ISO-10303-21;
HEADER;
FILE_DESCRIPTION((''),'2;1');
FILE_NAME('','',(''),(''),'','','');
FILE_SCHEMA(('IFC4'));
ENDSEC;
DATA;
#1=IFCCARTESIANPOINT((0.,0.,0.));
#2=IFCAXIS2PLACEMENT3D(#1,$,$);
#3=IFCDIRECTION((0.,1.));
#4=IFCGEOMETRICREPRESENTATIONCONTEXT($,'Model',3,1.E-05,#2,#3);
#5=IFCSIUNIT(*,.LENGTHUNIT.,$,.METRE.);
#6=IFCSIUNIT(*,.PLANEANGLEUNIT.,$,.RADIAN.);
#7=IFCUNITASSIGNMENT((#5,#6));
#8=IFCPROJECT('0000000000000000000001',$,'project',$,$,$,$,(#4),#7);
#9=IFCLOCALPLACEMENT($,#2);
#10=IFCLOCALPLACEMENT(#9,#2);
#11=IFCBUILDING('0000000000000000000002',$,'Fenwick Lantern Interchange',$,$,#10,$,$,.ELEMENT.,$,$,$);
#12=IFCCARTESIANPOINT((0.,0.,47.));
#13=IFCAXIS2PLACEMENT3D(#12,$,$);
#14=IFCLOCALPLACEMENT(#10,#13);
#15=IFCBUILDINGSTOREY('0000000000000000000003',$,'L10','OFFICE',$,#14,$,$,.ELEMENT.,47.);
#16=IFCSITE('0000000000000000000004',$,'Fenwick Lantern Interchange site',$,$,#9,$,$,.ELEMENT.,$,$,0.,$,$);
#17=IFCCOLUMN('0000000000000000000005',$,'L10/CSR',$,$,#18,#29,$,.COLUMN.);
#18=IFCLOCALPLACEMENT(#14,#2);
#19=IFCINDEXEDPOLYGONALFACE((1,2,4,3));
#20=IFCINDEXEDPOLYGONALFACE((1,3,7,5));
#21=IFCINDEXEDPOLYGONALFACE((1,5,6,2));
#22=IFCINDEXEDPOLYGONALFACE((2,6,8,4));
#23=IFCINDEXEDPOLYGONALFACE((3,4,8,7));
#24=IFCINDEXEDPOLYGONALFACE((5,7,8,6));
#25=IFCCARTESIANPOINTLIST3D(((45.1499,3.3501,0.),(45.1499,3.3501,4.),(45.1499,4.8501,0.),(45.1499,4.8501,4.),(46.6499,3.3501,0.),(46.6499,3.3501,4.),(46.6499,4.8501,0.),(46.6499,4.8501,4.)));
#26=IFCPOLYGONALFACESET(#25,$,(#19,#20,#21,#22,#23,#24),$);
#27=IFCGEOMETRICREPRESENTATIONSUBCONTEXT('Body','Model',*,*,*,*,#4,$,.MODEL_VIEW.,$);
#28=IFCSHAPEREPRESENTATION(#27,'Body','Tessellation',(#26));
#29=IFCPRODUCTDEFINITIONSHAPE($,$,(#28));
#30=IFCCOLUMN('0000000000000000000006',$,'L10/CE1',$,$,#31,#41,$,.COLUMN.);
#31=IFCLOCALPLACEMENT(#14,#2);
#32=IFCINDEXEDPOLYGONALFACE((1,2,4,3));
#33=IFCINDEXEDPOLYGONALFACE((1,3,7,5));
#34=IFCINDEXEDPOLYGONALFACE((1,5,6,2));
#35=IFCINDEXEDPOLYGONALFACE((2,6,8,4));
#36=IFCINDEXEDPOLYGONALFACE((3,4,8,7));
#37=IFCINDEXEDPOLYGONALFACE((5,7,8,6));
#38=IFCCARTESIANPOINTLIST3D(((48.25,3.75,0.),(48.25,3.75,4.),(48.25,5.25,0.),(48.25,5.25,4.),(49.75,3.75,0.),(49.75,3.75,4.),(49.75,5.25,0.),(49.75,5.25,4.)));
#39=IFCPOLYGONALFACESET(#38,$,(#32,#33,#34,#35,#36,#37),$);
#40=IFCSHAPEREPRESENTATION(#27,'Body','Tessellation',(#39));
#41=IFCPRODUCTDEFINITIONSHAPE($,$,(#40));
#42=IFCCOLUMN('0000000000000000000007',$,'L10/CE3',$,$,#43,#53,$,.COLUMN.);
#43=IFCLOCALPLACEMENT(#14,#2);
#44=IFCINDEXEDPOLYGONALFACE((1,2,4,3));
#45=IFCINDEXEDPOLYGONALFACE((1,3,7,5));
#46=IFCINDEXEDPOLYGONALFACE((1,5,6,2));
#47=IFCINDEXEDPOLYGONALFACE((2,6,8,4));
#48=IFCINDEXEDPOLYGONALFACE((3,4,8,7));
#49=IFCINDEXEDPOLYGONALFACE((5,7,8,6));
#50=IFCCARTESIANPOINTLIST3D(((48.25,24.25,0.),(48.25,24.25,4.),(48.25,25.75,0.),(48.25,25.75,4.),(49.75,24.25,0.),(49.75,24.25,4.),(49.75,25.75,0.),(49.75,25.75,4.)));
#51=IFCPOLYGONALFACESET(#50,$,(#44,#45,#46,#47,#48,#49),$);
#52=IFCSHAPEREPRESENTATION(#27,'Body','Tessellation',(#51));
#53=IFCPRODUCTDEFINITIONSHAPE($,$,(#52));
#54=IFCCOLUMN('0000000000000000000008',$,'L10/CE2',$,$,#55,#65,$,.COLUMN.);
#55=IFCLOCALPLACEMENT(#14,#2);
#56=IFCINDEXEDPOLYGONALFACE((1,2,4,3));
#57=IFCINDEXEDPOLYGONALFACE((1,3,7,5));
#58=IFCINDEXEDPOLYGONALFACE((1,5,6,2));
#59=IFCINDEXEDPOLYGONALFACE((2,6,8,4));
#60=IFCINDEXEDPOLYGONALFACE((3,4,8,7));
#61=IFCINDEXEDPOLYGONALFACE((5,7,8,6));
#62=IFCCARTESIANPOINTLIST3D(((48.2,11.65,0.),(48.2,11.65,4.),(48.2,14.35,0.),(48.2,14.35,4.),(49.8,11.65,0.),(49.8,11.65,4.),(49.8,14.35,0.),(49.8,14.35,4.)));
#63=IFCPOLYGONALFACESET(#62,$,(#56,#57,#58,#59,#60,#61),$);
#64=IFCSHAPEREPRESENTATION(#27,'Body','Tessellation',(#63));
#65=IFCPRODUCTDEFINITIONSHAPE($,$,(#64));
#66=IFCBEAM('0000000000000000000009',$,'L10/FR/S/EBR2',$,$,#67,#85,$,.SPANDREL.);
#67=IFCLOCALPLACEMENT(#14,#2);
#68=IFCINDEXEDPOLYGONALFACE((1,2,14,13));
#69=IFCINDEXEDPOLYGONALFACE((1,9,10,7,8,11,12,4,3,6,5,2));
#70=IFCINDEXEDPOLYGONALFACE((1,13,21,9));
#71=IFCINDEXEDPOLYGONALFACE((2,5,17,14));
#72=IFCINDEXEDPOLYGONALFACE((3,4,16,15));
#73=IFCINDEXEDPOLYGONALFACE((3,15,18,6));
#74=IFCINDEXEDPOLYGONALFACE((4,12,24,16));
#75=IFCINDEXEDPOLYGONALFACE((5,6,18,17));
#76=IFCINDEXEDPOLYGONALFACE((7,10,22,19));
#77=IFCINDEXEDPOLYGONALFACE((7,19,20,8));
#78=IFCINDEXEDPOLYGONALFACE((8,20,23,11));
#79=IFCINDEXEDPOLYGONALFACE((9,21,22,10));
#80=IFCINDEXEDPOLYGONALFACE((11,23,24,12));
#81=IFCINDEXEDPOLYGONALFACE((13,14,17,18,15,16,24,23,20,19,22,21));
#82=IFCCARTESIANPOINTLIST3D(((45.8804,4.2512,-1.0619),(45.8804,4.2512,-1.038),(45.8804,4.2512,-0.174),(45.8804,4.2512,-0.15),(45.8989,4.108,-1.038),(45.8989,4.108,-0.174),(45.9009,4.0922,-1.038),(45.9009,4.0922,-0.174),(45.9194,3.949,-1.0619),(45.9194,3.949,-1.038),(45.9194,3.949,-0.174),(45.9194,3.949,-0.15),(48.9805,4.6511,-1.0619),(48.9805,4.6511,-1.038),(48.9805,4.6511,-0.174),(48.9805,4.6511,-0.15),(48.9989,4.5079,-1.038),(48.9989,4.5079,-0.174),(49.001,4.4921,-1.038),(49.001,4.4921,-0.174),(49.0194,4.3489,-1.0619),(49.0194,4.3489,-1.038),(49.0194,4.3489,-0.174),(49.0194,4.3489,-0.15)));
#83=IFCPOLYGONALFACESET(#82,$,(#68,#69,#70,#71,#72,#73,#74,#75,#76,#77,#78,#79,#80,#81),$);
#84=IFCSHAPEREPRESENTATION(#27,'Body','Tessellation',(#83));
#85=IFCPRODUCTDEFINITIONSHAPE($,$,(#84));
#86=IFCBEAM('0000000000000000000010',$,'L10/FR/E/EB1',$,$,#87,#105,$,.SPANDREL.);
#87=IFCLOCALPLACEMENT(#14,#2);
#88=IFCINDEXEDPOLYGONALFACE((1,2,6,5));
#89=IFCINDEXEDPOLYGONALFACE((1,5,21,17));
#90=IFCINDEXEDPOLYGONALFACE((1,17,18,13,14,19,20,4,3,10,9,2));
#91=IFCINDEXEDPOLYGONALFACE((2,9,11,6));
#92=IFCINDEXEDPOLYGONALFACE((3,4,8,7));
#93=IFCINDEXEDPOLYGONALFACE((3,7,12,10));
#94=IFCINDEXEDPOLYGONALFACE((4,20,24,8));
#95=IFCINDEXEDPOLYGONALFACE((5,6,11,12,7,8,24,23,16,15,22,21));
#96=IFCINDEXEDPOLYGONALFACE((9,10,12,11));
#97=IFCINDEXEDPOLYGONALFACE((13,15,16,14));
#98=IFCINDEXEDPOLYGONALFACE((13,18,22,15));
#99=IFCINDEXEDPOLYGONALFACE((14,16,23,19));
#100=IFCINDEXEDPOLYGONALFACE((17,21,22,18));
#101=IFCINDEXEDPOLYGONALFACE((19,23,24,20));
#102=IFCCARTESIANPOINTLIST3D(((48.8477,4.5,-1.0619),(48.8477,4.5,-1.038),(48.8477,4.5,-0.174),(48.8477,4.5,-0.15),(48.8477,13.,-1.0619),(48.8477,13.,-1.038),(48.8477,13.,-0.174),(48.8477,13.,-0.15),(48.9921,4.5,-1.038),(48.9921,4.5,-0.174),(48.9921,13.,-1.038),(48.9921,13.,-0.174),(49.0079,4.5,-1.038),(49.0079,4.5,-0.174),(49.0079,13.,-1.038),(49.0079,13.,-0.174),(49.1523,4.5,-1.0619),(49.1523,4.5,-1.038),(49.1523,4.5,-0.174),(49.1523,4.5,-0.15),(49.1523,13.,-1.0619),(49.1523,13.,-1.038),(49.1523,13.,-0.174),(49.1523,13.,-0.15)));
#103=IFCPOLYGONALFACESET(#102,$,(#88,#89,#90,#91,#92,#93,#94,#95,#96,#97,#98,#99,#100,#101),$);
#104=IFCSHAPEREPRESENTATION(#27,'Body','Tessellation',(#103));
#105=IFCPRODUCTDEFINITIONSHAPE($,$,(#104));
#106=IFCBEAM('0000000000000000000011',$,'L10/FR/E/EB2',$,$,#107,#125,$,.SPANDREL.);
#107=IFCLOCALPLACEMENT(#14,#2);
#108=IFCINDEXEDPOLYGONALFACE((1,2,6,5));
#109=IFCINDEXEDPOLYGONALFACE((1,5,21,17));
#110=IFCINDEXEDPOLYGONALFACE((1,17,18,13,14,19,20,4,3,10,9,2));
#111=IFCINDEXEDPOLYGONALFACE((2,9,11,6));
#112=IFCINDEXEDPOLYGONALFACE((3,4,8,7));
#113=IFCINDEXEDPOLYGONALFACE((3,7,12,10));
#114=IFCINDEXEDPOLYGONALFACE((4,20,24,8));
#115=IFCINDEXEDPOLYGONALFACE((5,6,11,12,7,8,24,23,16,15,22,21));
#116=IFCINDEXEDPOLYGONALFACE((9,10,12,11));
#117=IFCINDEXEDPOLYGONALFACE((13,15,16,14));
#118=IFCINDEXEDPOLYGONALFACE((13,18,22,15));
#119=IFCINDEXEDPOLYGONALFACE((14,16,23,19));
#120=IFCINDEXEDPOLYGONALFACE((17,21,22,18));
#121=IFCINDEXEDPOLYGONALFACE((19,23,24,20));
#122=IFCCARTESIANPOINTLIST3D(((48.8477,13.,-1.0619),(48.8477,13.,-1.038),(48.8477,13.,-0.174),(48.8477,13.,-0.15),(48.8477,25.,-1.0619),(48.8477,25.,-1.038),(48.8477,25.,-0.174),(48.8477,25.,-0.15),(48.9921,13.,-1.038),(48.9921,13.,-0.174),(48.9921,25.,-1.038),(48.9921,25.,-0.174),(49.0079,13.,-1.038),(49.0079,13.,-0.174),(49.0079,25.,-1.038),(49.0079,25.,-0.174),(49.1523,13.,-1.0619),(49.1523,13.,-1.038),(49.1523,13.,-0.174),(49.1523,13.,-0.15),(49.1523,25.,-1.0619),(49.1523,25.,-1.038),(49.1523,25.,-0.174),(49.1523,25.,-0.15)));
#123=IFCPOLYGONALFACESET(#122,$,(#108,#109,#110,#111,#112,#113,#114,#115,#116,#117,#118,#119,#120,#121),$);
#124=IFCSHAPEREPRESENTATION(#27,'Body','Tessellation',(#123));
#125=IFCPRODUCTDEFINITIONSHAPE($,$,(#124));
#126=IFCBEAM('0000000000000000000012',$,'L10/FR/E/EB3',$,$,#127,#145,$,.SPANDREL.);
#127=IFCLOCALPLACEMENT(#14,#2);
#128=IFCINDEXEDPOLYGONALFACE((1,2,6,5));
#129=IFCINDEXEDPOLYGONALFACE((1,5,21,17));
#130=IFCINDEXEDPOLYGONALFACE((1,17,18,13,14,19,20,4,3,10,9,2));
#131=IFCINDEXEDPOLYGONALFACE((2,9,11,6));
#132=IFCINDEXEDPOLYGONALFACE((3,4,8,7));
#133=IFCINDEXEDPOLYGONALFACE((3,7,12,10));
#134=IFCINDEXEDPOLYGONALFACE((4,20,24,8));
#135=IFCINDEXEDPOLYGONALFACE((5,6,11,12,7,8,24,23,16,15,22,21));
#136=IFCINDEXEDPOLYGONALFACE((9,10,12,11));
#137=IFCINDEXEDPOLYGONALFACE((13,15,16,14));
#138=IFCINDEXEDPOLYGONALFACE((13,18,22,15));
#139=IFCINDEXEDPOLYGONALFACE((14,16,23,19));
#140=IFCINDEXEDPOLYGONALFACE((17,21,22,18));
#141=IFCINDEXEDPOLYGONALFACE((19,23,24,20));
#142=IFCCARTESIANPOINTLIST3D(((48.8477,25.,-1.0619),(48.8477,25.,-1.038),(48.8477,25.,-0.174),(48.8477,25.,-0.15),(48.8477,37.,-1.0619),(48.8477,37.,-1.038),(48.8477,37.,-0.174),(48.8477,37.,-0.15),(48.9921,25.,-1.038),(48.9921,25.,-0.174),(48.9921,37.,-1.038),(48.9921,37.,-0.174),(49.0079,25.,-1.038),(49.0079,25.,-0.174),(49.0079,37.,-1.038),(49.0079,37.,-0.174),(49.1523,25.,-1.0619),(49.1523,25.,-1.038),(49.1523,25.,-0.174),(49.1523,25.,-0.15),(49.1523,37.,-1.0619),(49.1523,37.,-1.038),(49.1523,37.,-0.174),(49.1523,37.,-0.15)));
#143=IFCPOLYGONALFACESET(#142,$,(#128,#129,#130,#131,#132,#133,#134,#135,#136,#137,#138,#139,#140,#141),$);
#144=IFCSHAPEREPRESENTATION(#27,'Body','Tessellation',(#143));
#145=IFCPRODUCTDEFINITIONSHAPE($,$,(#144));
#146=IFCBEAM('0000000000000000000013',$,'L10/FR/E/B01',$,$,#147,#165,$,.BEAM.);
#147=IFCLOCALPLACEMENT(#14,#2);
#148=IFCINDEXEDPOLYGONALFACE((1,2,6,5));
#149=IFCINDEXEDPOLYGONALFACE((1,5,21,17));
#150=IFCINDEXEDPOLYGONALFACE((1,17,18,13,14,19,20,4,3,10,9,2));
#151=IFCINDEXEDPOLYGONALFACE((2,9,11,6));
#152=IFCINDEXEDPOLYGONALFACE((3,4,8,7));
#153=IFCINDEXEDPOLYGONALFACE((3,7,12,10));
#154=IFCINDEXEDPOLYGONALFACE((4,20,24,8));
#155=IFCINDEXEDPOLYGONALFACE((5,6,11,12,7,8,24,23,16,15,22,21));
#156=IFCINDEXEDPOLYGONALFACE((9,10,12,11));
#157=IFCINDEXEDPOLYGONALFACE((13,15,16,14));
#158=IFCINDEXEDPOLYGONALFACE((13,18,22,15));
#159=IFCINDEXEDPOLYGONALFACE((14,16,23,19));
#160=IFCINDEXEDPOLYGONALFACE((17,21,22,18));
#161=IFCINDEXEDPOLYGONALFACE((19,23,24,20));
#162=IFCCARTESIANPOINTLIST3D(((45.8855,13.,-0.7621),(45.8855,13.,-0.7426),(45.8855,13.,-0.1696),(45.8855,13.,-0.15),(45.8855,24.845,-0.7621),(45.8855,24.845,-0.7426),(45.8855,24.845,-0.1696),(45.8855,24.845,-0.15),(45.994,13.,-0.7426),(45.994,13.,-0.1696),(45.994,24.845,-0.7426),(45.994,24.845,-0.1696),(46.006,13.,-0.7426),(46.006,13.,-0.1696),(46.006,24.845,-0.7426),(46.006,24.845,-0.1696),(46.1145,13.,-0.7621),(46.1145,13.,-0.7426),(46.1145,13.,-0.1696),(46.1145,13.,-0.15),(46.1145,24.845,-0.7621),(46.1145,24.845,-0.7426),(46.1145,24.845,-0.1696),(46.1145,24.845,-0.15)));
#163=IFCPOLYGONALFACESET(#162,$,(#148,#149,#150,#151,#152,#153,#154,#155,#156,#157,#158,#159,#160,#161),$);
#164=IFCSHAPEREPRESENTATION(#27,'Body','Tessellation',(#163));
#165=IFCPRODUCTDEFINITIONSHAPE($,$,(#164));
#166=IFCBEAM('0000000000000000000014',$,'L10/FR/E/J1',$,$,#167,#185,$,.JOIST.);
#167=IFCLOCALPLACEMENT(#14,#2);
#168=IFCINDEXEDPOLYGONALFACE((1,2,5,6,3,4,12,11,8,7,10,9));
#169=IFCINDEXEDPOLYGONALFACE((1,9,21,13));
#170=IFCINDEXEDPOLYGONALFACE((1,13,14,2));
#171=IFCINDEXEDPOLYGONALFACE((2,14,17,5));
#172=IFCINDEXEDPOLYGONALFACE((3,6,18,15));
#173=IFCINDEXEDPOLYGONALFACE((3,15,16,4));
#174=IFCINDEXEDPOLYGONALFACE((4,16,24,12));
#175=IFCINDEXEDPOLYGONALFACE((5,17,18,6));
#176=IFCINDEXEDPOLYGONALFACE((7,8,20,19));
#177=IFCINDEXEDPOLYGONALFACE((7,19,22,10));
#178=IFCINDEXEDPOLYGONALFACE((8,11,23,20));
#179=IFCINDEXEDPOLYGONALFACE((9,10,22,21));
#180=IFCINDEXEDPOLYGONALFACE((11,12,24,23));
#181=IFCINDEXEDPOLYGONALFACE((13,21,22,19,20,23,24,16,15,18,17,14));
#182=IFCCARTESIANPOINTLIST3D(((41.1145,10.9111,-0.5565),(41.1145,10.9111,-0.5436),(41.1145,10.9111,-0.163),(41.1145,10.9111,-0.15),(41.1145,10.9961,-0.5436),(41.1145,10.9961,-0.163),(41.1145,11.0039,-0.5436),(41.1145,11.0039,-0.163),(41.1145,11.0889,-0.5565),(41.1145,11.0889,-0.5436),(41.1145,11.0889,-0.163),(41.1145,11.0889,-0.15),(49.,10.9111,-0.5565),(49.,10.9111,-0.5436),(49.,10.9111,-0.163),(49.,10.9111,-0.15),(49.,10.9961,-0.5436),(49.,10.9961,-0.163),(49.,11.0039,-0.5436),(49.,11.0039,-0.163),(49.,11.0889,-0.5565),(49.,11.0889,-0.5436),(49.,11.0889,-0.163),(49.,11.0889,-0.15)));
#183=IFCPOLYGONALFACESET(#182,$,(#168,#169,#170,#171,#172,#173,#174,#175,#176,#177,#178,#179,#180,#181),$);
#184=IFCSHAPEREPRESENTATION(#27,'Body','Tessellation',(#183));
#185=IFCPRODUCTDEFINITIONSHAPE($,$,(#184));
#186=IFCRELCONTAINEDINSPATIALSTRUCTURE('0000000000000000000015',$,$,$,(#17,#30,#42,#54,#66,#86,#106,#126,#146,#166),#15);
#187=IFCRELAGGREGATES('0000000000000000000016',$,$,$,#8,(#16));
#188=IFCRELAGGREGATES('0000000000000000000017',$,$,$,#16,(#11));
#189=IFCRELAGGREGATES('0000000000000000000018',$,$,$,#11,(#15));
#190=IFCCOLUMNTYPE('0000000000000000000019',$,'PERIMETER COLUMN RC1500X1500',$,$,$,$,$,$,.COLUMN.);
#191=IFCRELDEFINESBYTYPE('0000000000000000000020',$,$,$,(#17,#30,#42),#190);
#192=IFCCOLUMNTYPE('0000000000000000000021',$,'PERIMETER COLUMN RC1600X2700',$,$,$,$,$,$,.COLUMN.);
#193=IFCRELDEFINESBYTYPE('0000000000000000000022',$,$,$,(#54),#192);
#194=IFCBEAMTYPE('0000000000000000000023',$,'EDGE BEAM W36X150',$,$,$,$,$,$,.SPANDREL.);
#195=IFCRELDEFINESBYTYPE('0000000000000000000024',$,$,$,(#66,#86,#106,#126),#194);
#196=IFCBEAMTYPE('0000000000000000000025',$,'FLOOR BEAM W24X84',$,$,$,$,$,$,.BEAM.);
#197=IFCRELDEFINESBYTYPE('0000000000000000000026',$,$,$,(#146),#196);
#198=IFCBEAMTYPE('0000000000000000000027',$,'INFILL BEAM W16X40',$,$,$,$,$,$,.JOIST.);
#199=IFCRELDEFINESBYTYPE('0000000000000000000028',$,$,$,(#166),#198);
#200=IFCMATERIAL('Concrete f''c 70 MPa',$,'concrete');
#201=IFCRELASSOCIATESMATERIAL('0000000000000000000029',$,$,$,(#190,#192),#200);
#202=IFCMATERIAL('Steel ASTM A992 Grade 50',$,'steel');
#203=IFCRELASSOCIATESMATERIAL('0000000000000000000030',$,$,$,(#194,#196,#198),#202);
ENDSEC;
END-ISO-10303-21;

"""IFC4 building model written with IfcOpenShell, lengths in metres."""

from ifc_helpers import new_model, si_unit, direction, frame, origin, origin_2d, place, context, subcontext, project, spatial, rectangle, i_section, extrude, material, material_profile, profile_set, type_object, element, save


model = new_model("IFC4")

# Units and contexts
model_context = context("Model", 3, precision=1e-05, world=origin(), true_north=direction((0.0, 1.0)))
body_context = subcontext(model_context, "Body", "Model", "MODEL_VIEW")
ifc_project = project(units=[si_unit("LENGTHUNIT", "METRE"), si_unit("PLANEANGLEUNIT", "RADIAN")], contexts=[model_context])

# Site, building, storey
site_placement = place(None, origin())
site = spatial("IfcSite", under=ifc_project, at=site_placement, Name="Fenwick Lantern Interchange site", CompositionType="ELEMENT", RefElevation=0.0)
building_placement = place(site_placement, origin())
building = spatial("IfcBuilding", under=site, at=building_placement, Name="Fenwick Lantern Interchange", CompositionType="ELEMENT")
storey_placement = place(building_placement, frame((0.0, 0.0, 47.0)))
storey = spatial("IfcBuildingStorey", under=building, at=storey_placement, Name="L10", Description="OFFICE", CompositionType="ELEMENT", Elevation=47.0)

# Columns
ifc_material_1 = material(Name="Concrete f'c 70 MPa", Category="concrete")
ifc_material_profile_1 = material_profile(ifc_material_1, rectangle(XDim=1.5, YDim=1.5, at=origin_2d()), Name="RC1500X1500")
ifc_profile_set_1 = profile_set([ifc_material_profile_1], Name="Concrete f'c 70 MPa")
column_type_1 = type_object("IfcColumnType", Name="PERIMETER COLUMN RC1500X1500", PredefinedType="COLUMN", material=ifc_profile_set_1)
for number, where, z_axis, x_axis, name in (
    (1, (45.8999, 4.1001, 0.0), (0.0, 0.0, 1.0), (1.0, 0.0, 0.0), "L10/CSR"),
    (2, (49.0, 4.5, 0.0), (0.0, 0.0, 1.0), (1.0, 0.0, 0.0), "L10/CE1"),
    (3, (49.0, 25.0, 0.0), (0.0, 0.0, 1.0), (1.0, 0.0, 0.0), "L10/CE3"),
):
    element("IfcColumn", number, at=place(storey_placement, frame(where, z_axis=z_axis, x_axis=x_axis)), inside=storey, type_object=column_type_1, Name=name, PredefinedType="COLUMN", context=body_context, shape_type="SweptSolid", body=[
        extrude(rectangle(XDim=1.5, YDim=1.5, at=origin_2d()), origin(), (0.0, 0.0, 1.0), 4.0),
    ])
ifc_material_profile_2 = material_profile(ifc_material_1, rectangle(XDim=1.6001, YDim=2.7, at=origin_2d()), Name="RC1600X2700")
ifc_profile_set_2 = profile_set([ifc_material_profile_2], Name="Concrete f'c 70 MPa")
column_type_2 = type_object("IfcColumnType", Name="PERIMETER COLUMN RC1600X2700", PredefinedType="COLUMN", material=ifc_profile_set_2)
column_placement = place(storey_placement, frame((49.0, 13.0, 0.0), z_axis=(0.0, 0.0, 1.0), x_axis=(1.0, 0.0, 0.0)))
element("IfcColumn", 4, at=column_placement, inside=storey, type_object=column_type_2, Name="L10/CE2", PredefinedType="COLUMN", context=body_context, shape_type="SweptSolid", body=[
    extrude(rectangle(XDim=1.6001, YDim=2.7, at=origin_2d()), origin(), (0.0, 0.0, 1.0), 4.0),
])

# Beams
ifc_material_2 = material(Name="Steel ASTM A992 Grade 50", Category="steel")
ifc_material_profile_3 = material_profile(ifc_material_2, i_section(OverallWidth=0.3047, OverallDepth=0.9119, WebThickness=0.0159, FlangeThickness=0.0239, at=origin_2d()), Name="W36X150")
ifc_profile_set_3 = profile_set([ifc_material_profile_3], Name="Steel ASTM A992 Grade 50")
beam_type_1 = type_object("IfcBeamType", Name="EDGE BEAM W36X150", PredefinedType="SPANDREL", material=ifc_profile_set_3)
beam_1_placement = place(storey_placement, frame((45.8999, 4.1001, -0.606), z_axis=(0.991782, 0.127937, 0.0), x_axis=(-0.127937, 0.991782, 0.0)))
element("IfcBeam", 5, at=beam_1_placement, inside=storey, type_object=beam_type_1, Name="L10/FR/S/EBR2", PredefinedType="SPANDREL", context=body_context, shape_type="SweptSolid", body=[
    extrude(i_section(OverallWidth=0.3047, OverallDepth=0.9119, WebThickness=0.0159, FlangeThickness=0.0239, at=origin_2d()), origin(), (0.0, 0.0, 1.0), 3.1257),
])
beam_2_placement = place(storey_placement, frame((49.0, 4.5, -0.606), z_axis=(0.0, 1.0, 0.0), x_axis=(-1.0, 0.0, 0.0)))
element("IfcBeam", 6, at=beam_2_placement, inside=storey, type_object=beam_type_1, Name="L10/FR/E/EB1", PredefinedType="SPANDREL", context=body_context, shape_type="SweptSolid", body=[
    extrude(i_section(OverallWidth=0.3047, OverallDepth=0.9119, WebThickness=0.0159, FlangeThickness=0.0239, at=origin_2d()), origin(), (0.0, 0.0, 1.0), 8.5),
])
for number, where, z_axis, x_axis, name in (
    (7, (49.0, 13.0, -0.606), (0.0, 1.0, 0.0), (-1.0, 0.0, 0.0), "L10/FR/E/EB2"),
    (8, (49.0, 25.0, -0.606), (0.0, 1.0, 0.0), (-1.0, 0.0, 0.0), "L10/FR/E/EB3"),
):
    element("IfcBeam", number, at=place(storey_placement, frame(where, z_axis=z_axis, x_axis=x_axis)), inside=storey, type_object=beam_type_1, Name=name, PredefinedType="SPANDREL", context=body_context, shape_type="SweptSolid", body=[
        extrude(i_section(OverallWidth=0.3047, OverallDepth=0.9119, WebThickness=0.0159, FlangeThickness=0.0239, at=origin_2d()), origin(), (0.0, 0.0, 1.0), 12.0),
    ])
ifc_material_profile_4 = material_profile(ifc_material_2, i_section(OverallWidth=0.229, OverallDepth=0.6121, WebThickness=0.012, FlangeThickness=0.0195, at=origin_2d()), Name="W24X84")
ifc_profile_set_4 = profile_set([ifc_material_profile_4], Name="Steel ASTM A992 Grade 50")
beam_type_2 = type_object("IfcBeamType", Name="FLOOR BEAM W24X84", PredefinedType="BEAM", material=ifc_profile_set_4)
beam_3_placement = place(storey_placement, frame((46.0, 13.0, -0.4561), z_axis=(0.0, 1.0, 0.0), x_axis=(-1.0, 0.0, 0.0)))
element("IfcBeam", 9, at=beam_3_placement, inside=storey, type_object=beam_type_2, Name="L10/FR/E/B01", PredefinedType="BEAM", context=body_context, shape_type="SweptSolid", body=[
    extrude(i_section(OverallWidth=0.229, OverallDepth=0.6121, WebThickness=0.012, FlangeThickness=0.0195, at=origin_2d()), origin(), (0.0, 0.0, 1.0), 11.845),
])
ifc_material_profile_5 = material_profile(ifc_material_2, i_section(OverallWidth=0.1777, OverallDepth=0.4065, WebThickness=0.0078, FlangeThickness=0.0129, at=origin_2d()), Name="W16X40")
ifc_profile_set_5 = profile_set([ifc_material_profile_5], Name="Steel ASTM A992 Grade 50")
beam_type_3 = type_object("IfcBeamType", Name="INFILL BEAM W16X40", PredefinedType="JOIST", material=ifc_profile_set_5)
beam_4_placement = place(storey_placement, frame((49.0, 11.0, -0.3533), z_axis=(-1.0, 0.0, 0.0), x_axis=(0.0, -1.0, 0.0)))
element("IfcBeam", 10, at=beam_4_placement, inside=storey, type_object=beam_type_3, Name="L10/FR/E/J1", PredefinedType="JOIST", context=body_context, shape_type="SweptSolid", body=[
    extrude(i_section(OverallWidth=0.1777, OverallDepth=0.4065, WebThickness=0.0078, FlangeThickness=0.0129, at=origin_2d()), origin(), (0.0, 0.0, 1.0), 7.8855),
])

save(model, "model.ifc")
